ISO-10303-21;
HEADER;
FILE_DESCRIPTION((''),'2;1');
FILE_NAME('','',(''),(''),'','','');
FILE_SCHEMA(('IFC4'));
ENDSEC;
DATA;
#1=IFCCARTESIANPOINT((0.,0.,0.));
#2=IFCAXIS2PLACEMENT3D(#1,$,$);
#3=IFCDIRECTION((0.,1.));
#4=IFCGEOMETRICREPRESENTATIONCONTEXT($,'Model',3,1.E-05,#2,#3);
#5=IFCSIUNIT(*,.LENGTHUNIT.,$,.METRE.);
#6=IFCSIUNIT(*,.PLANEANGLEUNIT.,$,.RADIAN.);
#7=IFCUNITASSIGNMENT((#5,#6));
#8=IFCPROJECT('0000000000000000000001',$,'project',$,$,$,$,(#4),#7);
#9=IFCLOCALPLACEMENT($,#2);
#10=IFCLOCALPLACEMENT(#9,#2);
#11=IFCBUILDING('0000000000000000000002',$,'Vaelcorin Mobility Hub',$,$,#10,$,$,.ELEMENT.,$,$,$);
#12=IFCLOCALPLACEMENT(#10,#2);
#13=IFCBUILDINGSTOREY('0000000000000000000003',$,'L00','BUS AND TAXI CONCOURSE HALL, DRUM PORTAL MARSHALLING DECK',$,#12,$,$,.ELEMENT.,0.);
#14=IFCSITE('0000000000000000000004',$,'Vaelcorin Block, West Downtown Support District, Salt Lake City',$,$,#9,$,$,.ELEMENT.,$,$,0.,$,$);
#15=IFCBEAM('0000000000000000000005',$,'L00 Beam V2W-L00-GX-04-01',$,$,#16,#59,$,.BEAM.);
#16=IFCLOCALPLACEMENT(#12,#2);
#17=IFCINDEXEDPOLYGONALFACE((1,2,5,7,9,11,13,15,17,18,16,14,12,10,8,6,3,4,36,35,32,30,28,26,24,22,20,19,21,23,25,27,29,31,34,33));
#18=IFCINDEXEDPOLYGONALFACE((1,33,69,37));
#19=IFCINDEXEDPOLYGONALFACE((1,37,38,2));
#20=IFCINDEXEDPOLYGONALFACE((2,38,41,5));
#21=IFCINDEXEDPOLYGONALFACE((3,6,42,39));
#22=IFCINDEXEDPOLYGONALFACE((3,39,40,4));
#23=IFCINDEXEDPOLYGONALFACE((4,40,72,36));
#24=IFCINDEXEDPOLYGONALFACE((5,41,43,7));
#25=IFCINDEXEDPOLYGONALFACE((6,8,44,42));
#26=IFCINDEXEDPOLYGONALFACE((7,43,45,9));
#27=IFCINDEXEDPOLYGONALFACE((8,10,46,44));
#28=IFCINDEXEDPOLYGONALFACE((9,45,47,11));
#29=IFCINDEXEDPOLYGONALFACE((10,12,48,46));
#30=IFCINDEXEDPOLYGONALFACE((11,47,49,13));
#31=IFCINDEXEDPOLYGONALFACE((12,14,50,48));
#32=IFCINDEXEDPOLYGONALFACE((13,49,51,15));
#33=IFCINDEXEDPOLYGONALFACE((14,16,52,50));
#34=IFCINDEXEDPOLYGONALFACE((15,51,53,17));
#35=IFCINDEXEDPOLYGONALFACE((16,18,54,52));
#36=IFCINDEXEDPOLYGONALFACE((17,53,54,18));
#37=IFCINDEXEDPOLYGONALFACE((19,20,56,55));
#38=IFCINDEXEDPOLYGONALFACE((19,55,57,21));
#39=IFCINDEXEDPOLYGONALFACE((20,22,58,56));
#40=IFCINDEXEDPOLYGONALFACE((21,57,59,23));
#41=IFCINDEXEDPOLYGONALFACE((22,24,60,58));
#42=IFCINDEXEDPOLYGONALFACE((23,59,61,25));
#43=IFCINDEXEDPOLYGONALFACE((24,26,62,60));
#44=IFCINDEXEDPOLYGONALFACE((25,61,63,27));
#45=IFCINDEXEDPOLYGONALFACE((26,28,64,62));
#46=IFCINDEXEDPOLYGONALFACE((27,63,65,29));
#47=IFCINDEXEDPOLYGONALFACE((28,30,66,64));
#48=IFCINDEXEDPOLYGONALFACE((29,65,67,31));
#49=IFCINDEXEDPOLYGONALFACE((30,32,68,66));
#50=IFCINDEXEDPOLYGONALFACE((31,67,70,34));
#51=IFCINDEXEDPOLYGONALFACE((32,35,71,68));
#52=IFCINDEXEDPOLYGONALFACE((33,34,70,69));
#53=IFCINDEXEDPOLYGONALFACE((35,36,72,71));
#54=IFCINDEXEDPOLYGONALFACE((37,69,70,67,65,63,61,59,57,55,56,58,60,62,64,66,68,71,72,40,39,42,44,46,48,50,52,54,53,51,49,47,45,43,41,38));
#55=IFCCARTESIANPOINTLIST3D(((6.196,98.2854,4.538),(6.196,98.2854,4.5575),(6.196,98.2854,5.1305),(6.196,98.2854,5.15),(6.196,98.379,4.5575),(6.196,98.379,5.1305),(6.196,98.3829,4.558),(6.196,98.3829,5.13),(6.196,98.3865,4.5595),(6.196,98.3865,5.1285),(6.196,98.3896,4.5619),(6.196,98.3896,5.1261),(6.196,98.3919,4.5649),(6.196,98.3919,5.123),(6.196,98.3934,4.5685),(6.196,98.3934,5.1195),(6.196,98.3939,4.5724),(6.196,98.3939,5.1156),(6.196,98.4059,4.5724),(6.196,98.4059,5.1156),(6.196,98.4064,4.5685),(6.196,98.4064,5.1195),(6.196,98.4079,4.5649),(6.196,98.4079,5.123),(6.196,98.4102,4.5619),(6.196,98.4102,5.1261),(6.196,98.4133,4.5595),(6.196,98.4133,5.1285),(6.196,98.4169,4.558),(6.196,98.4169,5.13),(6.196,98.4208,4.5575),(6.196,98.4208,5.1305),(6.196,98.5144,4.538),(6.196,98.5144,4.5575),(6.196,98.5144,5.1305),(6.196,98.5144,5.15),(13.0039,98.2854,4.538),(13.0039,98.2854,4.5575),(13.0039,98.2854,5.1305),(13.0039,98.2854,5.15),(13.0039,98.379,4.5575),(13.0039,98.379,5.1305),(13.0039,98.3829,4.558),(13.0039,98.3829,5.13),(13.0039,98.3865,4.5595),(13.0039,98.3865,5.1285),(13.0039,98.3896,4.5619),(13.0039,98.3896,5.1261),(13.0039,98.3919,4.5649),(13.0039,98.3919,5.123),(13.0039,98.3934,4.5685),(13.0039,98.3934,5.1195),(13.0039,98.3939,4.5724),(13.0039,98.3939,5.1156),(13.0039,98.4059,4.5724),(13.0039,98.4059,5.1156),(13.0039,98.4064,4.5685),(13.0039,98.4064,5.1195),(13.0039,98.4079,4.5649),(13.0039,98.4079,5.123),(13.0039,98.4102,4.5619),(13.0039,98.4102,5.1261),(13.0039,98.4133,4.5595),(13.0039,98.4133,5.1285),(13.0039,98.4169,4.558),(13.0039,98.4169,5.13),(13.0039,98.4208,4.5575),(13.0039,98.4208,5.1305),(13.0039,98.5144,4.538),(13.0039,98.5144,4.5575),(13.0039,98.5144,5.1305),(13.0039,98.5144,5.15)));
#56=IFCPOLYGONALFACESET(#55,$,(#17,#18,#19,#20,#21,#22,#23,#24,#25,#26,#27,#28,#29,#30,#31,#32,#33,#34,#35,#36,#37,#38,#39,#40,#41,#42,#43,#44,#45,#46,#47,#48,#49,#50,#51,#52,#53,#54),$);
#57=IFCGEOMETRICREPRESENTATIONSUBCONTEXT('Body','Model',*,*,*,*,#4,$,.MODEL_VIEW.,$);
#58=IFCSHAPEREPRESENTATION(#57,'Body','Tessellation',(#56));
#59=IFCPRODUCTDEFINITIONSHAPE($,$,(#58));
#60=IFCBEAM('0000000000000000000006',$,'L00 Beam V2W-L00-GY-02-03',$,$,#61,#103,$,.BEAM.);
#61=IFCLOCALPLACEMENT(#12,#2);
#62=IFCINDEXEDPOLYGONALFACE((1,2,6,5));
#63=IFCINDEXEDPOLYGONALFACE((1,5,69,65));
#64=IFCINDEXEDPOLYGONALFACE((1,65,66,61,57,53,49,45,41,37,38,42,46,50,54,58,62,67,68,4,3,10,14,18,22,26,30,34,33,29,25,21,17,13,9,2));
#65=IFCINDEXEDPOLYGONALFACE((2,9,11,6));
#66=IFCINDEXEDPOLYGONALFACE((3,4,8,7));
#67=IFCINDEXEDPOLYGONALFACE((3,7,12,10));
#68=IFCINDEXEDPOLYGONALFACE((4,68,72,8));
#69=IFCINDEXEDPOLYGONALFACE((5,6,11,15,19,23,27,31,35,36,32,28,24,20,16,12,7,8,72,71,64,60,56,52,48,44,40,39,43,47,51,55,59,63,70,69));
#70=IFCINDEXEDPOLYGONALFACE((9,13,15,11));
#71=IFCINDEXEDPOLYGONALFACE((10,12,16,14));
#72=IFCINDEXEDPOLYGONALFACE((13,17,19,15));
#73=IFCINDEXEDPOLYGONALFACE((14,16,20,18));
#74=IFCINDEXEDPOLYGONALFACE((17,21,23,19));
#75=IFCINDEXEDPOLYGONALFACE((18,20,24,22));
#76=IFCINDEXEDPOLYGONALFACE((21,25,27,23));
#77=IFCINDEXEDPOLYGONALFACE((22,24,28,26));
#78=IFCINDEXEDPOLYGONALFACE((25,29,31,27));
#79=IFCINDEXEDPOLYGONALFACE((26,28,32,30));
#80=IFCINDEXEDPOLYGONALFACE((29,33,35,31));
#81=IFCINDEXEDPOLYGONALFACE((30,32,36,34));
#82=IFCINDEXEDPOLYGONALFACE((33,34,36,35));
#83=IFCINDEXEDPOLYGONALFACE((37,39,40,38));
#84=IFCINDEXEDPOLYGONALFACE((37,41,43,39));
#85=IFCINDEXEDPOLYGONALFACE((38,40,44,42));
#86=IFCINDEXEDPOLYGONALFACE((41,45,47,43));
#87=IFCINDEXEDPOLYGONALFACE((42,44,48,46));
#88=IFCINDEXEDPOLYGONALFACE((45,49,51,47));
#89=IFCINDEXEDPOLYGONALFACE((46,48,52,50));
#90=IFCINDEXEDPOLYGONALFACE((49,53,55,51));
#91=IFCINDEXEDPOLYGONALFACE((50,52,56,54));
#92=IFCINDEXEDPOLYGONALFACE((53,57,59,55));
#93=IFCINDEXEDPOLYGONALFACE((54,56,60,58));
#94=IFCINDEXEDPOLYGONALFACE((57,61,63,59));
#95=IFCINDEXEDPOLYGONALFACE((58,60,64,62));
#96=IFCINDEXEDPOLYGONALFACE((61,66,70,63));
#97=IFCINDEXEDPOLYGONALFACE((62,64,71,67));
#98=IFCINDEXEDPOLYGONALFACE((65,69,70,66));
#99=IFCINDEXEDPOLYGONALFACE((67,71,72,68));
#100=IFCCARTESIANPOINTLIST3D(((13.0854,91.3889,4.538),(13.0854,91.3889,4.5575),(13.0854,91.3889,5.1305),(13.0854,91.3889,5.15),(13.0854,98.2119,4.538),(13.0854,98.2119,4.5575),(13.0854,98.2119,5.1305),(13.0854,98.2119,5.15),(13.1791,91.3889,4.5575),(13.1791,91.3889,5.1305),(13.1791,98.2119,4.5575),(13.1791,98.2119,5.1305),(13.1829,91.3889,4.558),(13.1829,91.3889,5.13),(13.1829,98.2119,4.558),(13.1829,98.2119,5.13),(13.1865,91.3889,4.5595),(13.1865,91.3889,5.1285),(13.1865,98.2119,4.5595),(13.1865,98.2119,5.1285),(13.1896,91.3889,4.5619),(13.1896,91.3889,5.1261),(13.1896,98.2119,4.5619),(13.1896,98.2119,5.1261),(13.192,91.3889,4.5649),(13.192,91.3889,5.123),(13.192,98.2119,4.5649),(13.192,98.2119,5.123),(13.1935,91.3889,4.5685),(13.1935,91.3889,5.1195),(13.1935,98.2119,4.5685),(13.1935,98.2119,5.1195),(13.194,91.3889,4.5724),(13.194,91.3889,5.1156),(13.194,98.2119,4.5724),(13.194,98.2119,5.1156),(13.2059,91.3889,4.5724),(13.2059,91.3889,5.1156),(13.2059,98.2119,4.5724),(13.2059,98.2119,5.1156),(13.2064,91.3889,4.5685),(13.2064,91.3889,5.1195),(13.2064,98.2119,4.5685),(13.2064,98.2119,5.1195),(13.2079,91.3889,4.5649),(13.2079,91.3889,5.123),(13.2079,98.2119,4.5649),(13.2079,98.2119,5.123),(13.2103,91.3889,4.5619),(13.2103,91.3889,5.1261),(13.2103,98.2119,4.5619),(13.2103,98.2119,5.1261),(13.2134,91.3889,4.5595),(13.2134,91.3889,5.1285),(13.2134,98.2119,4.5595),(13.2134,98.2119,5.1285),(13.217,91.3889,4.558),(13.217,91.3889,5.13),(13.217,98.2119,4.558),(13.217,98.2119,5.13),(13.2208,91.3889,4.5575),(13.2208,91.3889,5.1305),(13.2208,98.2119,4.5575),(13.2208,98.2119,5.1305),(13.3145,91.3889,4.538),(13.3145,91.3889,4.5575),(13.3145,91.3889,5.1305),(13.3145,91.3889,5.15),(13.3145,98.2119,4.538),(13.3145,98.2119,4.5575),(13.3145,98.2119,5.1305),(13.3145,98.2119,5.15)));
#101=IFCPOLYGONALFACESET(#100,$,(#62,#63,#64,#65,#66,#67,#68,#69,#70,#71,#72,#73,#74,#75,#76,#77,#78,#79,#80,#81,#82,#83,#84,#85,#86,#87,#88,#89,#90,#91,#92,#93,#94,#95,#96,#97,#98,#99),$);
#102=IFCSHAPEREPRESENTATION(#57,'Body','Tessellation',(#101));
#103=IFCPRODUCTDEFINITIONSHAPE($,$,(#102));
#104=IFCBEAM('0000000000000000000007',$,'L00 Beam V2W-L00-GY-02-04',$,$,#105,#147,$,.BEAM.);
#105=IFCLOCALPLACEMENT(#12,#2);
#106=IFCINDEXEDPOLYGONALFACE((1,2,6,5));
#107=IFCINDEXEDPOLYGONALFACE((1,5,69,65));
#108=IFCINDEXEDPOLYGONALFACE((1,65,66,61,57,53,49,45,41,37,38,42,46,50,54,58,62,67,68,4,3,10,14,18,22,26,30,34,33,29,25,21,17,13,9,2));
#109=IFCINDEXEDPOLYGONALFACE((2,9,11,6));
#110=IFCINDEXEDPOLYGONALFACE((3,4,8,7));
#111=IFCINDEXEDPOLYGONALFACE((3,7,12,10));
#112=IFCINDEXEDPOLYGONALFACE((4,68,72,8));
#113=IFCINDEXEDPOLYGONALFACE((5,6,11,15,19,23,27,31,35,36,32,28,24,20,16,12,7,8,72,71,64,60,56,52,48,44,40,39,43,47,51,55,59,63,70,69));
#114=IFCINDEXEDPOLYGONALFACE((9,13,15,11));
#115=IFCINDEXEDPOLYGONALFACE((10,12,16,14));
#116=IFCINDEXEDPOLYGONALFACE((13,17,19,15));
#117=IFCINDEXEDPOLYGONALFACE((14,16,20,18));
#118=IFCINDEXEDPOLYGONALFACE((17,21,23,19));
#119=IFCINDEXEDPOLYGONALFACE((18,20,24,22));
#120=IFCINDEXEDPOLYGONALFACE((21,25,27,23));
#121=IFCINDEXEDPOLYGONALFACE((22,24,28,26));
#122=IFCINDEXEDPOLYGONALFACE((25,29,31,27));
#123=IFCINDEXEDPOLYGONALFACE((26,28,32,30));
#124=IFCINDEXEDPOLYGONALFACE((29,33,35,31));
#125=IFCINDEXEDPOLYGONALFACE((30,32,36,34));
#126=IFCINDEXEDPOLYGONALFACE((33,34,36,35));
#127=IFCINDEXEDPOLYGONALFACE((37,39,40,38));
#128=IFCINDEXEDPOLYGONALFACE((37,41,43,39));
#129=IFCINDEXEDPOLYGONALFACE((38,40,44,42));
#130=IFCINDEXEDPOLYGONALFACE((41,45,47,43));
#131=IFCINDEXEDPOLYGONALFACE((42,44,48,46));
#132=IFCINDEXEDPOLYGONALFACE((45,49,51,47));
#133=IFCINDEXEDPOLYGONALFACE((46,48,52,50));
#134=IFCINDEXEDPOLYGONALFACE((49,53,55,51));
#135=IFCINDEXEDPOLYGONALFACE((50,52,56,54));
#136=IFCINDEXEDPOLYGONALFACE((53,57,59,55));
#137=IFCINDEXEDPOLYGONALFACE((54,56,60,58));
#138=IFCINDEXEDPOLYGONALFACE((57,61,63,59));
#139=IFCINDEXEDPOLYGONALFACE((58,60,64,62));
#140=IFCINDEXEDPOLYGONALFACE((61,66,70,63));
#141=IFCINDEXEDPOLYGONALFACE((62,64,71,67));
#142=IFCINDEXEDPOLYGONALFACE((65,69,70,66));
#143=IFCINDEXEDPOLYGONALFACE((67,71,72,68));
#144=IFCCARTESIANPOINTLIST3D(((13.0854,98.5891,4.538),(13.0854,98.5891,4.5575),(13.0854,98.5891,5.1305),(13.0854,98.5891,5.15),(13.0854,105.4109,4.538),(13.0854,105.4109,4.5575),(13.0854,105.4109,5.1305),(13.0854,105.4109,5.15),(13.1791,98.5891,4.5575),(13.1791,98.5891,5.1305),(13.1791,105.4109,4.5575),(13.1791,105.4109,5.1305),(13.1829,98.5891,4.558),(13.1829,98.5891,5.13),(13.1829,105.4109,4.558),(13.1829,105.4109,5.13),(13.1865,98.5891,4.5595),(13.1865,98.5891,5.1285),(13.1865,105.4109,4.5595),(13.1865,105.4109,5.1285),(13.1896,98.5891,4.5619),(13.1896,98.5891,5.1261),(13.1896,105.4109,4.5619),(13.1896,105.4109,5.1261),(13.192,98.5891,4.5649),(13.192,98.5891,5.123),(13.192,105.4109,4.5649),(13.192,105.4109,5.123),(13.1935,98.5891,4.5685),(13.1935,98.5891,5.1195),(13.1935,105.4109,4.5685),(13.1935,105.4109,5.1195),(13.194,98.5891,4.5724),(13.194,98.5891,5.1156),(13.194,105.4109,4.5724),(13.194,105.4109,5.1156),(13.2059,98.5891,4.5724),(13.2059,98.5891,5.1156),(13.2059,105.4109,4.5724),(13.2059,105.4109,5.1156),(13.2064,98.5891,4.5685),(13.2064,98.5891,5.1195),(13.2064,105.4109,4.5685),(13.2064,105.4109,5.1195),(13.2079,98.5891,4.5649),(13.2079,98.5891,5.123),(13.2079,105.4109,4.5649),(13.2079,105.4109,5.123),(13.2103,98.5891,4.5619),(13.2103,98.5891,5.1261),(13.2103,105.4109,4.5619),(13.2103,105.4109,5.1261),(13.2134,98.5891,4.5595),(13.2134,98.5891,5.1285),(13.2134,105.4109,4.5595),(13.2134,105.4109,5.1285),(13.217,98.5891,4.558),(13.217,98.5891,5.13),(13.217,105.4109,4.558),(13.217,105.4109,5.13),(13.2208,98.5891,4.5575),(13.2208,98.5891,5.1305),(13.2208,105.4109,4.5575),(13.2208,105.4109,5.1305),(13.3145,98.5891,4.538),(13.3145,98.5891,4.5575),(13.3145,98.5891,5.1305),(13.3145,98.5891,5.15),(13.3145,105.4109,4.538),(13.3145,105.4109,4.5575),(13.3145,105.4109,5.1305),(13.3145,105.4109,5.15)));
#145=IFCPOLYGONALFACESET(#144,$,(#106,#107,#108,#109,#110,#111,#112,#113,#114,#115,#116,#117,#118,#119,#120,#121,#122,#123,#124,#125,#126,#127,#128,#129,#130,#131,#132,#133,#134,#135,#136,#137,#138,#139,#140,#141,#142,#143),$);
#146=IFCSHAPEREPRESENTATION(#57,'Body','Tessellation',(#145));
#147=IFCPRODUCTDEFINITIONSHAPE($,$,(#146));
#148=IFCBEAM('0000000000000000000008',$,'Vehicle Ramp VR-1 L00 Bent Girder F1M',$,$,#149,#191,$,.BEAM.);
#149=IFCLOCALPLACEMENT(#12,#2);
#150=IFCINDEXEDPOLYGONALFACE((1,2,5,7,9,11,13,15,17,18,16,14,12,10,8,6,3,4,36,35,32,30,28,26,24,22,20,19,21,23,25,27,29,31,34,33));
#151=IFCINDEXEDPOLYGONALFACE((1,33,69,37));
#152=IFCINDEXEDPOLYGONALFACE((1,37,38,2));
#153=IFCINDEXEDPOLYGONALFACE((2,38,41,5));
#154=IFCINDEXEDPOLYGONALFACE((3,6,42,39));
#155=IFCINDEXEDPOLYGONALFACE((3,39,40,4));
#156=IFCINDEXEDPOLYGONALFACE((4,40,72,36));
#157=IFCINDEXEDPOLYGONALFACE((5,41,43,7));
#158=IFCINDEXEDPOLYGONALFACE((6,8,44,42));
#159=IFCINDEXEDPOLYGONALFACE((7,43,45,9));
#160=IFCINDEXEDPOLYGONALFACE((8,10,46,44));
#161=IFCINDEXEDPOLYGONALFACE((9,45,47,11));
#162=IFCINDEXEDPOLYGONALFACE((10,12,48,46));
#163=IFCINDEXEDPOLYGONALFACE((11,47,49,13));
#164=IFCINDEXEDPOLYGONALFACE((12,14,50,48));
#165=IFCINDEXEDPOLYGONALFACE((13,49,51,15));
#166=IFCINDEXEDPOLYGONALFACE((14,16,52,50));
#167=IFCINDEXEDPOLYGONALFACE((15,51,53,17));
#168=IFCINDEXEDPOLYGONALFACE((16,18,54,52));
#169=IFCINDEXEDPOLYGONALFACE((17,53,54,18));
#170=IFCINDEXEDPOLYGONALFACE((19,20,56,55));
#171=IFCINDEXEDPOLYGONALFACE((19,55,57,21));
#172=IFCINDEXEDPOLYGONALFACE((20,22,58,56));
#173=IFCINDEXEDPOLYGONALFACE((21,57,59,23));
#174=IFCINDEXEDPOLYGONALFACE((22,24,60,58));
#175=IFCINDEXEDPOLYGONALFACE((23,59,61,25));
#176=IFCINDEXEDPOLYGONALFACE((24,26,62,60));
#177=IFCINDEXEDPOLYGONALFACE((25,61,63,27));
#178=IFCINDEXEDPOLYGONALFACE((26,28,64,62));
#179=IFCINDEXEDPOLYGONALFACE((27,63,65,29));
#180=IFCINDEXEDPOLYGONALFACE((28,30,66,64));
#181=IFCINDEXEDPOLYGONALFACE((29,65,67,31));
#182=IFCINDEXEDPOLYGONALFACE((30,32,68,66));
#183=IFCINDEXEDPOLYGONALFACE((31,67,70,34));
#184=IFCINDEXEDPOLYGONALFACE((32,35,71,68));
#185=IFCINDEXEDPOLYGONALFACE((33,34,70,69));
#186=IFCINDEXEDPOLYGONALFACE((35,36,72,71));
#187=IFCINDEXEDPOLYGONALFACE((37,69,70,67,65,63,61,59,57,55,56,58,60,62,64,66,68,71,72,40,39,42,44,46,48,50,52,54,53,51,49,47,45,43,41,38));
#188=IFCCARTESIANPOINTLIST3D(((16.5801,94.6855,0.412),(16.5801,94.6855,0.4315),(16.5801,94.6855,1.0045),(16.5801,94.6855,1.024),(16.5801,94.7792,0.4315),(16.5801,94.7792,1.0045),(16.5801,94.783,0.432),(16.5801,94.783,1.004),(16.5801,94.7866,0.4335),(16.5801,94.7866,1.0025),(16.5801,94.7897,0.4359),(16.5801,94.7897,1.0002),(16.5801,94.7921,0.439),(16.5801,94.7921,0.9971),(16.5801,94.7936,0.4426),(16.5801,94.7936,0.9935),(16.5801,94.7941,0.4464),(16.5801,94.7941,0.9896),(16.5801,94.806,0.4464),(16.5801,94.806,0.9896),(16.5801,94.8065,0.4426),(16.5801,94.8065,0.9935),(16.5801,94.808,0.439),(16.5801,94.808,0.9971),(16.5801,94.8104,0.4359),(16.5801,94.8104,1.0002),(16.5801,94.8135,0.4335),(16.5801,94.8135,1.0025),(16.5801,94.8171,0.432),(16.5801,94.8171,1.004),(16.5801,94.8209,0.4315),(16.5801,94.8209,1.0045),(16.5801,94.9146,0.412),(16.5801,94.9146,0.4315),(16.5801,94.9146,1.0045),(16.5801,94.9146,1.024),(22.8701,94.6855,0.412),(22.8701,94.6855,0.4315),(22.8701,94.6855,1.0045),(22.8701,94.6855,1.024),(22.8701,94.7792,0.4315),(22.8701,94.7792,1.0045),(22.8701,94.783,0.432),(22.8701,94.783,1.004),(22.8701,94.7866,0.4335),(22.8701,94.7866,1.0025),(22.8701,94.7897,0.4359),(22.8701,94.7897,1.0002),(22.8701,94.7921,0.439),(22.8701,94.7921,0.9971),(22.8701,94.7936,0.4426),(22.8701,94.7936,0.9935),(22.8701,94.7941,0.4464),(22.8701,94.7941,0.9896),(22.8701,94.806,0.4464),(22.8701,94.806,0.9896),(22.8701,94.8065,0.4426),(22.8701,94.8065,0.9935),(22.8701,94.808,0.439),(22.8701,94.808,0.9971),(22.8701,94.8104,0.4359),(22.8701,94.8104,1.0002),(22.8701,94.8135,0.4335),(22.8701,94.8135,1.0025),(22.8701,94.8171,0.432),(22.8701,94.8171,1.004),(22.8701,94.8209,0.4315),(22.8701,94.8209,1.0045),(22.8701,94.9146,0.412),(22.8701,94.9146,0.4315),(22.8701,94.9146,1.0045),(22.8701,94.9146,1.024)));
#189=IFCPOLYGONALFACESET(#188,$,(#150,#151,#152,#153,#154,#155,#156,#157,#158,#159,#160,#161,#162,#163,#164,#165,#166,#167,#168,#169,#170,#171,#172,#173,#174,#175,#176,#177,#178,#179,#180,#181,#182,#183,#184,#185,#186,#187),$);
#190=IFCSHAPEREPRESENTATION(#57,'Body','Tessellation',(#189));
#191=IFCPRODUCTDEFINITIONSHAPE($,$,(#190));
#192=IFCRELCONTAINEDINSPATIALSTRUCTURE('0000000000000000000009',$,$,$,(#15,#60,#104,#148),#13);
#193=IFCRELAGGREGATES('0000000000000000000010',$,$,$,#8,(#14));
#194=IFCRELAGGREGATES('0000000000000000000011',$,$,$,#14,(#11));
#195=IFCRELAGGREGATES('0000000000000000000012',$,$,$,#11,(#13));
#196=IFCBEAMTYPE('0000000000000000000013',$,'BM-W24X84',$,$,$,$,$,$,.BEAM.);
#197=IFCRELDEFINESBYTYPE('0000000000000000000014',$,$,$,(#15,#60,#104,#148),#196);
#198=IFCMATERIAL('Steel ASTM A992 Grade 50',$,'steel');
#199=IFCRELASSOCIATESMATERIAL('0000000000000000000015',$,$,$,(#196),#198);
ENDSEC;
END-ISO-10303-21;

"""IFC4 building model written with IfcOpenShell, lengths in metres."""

from ifc_helpers import new_model, si_unit, direction, frame, origin, origin_2d, place, context, subcontext, project, spatial, i_section, extrude, material, material_profile, profile_set, type_object, element, save


model = new_model("IFC4")

# Units and contexts
model_context = context("Model", 3, precision=1e-05, world=origin(), true_north=direction((0.0, 1.0)))
body_context = subcontext(model_context, "Body", "Model", "MODEL_VIEW")
ifc_project = project(units=[si_unit("LENGTHUNIT", "METRE"), si_unit("PLANEANGLEUNIT", "RADIAN")], contexts=[model_context])

# Site, building, storey
site_placement = place(None, origin())
site = spatial("IfcSite", under=ifc_project, at=site_placement, Name="Vaelcorin Block, West Downtown Support District, Salt Lake City", CompositionType="ELEMENT", RefElevation=0.0)
building_placement = place(site_placement, origin())
building = spatial("IfcBuilding", under=site, at=building_placement, Name="Vaelcorin Mobility Hub", CompositionType="ELEMENT")
storey_placement = place(building_placement, origin())
storey = spatial("IfcBuildingStorey", under=building, at=storey_placement, Name="L00", Description="BUS AND TAXI CONCOURSE HALL, DRUM PORTAL MARSHALLING DECK", CompositionType="ELEMENT", Elevation=0.0)

# Shared definitions
ifc_material_1 = material(Name="Steel ASTM A992 Grade 50", Category="steel")

# Beams
ifc_material_profile_1 = material_profile(ifc_material_1, i_section(OverallWidth=0.229, OverallDepth=0.6121, WebThickness=0.012, FlangeThickness=0.0195, FilletRadius=0.0149, at=origin_2d()), Name="W24X84")
ifc_profile_set_1 = profile_set([ifc_material_profile_1], Name="Steel ASTM A992 Grade 50")
beam_type_1 = type_object("IfcBeamType", Name="BM-W24X84", PredefinedType="BEAM", material=ifc_profile_set_1)
beam_1_placement = place(storey_placement, frame((6.196, 98.3999, 4.844), z_axis=(1.0, 0.0, 0.0), x_axis=(0.0, 1.0, 0.0)))
element("IfcBeam", 1, at=beam_1_placement, inside=storey, type_object=beam_type_1, Name="L00 Beam V2W-L00-GX-04-01", PredefinedType="BEAM", context=body_context, shape_type="SweptSolid", body=[
    extrude(i_section(OverallWidth=0.229, OverallDepth=0.6121, WebThickness=0.012, FlangeThickness=0.0195, FilletRadius=0.0149, at=origin_2d()), origin(), (0.0, 0.0, 1.0), 6.8079),
])
beam_2_placement = place(storey_placement, frame((13.2, 91.3889, 4.844), z_axis=(0.0, 1.0, 0.0), x_axis=(-1.0, 0.0, 0.0)))
element("IfcBeam", 2, at=beam_2_placement, inside=storey, type_object=beam_type_1, Name="L00 Beam V2W-L00-GY-02-03", PredefinedType="BEAM", context=body_context, shape_type="SweptSolid", body=[
    extrude(i_section(OverallWidth=0.229, OverallDepth=0.6121, WebThickness=0.012, FlangeThickness=0.0195, FilletRadius=0.0149, at=origin_2d()), origin(), (0.0, 0.0, 1.0), 6.823),
])
beam_3_placement = place(storey_placement, frame((13.2, 98.5891, 4.844), z_axis=(0.0, 1.0, 0.0), x_axis=(-1.0, 0.0, 0.0)))
element("IfcBeam", 3, at=beam_3_placement, inside=storey, type_object=beam_type_1, Name="L00 Beam V2W-L00-GY-02-04", PredefinedType="BEAM", context=body_context, shape_type="SweptSolid", body=[
    extrude(i_section(OverallWidth=0.229, OverallDepth=0.6121, WebThickness=0.012, FlangeThickness=0.0195, FilletRadius=0.0149, at=origin_2d()), origin(), (0.0, 0.0, 1.0), 6.8218),
])
for number, where, z_axis, x_axis, name in (
    (4, (16.5801, 94.8, 0.718), (1.0, 0.0, 0.0), (0.0, 1.0, 0.0), "Vehicle Ramp VR-1 L00 Bent Girder F1M"),
):
    element("IfcBeam", number, at=place(storey_placement, frame(where, z_axis=z_axis, x_axis=x_axis)), inside=storey, type_object=beam_type_1, Name=name, PredefinedType="BEAM", context=body_context, shape_type="SweptSolid", body=[
        extrude(i_section(OverallWidth=0.229, OverallDepth=0.6121, WebThickness=0.012, FlangeThickness=0.0195, FilletRadius=0.0149, at=origin_2d()), origin(), (0.0, 0.0, 1.0), 6.29),
    ])

save(model, "model.ifc")
